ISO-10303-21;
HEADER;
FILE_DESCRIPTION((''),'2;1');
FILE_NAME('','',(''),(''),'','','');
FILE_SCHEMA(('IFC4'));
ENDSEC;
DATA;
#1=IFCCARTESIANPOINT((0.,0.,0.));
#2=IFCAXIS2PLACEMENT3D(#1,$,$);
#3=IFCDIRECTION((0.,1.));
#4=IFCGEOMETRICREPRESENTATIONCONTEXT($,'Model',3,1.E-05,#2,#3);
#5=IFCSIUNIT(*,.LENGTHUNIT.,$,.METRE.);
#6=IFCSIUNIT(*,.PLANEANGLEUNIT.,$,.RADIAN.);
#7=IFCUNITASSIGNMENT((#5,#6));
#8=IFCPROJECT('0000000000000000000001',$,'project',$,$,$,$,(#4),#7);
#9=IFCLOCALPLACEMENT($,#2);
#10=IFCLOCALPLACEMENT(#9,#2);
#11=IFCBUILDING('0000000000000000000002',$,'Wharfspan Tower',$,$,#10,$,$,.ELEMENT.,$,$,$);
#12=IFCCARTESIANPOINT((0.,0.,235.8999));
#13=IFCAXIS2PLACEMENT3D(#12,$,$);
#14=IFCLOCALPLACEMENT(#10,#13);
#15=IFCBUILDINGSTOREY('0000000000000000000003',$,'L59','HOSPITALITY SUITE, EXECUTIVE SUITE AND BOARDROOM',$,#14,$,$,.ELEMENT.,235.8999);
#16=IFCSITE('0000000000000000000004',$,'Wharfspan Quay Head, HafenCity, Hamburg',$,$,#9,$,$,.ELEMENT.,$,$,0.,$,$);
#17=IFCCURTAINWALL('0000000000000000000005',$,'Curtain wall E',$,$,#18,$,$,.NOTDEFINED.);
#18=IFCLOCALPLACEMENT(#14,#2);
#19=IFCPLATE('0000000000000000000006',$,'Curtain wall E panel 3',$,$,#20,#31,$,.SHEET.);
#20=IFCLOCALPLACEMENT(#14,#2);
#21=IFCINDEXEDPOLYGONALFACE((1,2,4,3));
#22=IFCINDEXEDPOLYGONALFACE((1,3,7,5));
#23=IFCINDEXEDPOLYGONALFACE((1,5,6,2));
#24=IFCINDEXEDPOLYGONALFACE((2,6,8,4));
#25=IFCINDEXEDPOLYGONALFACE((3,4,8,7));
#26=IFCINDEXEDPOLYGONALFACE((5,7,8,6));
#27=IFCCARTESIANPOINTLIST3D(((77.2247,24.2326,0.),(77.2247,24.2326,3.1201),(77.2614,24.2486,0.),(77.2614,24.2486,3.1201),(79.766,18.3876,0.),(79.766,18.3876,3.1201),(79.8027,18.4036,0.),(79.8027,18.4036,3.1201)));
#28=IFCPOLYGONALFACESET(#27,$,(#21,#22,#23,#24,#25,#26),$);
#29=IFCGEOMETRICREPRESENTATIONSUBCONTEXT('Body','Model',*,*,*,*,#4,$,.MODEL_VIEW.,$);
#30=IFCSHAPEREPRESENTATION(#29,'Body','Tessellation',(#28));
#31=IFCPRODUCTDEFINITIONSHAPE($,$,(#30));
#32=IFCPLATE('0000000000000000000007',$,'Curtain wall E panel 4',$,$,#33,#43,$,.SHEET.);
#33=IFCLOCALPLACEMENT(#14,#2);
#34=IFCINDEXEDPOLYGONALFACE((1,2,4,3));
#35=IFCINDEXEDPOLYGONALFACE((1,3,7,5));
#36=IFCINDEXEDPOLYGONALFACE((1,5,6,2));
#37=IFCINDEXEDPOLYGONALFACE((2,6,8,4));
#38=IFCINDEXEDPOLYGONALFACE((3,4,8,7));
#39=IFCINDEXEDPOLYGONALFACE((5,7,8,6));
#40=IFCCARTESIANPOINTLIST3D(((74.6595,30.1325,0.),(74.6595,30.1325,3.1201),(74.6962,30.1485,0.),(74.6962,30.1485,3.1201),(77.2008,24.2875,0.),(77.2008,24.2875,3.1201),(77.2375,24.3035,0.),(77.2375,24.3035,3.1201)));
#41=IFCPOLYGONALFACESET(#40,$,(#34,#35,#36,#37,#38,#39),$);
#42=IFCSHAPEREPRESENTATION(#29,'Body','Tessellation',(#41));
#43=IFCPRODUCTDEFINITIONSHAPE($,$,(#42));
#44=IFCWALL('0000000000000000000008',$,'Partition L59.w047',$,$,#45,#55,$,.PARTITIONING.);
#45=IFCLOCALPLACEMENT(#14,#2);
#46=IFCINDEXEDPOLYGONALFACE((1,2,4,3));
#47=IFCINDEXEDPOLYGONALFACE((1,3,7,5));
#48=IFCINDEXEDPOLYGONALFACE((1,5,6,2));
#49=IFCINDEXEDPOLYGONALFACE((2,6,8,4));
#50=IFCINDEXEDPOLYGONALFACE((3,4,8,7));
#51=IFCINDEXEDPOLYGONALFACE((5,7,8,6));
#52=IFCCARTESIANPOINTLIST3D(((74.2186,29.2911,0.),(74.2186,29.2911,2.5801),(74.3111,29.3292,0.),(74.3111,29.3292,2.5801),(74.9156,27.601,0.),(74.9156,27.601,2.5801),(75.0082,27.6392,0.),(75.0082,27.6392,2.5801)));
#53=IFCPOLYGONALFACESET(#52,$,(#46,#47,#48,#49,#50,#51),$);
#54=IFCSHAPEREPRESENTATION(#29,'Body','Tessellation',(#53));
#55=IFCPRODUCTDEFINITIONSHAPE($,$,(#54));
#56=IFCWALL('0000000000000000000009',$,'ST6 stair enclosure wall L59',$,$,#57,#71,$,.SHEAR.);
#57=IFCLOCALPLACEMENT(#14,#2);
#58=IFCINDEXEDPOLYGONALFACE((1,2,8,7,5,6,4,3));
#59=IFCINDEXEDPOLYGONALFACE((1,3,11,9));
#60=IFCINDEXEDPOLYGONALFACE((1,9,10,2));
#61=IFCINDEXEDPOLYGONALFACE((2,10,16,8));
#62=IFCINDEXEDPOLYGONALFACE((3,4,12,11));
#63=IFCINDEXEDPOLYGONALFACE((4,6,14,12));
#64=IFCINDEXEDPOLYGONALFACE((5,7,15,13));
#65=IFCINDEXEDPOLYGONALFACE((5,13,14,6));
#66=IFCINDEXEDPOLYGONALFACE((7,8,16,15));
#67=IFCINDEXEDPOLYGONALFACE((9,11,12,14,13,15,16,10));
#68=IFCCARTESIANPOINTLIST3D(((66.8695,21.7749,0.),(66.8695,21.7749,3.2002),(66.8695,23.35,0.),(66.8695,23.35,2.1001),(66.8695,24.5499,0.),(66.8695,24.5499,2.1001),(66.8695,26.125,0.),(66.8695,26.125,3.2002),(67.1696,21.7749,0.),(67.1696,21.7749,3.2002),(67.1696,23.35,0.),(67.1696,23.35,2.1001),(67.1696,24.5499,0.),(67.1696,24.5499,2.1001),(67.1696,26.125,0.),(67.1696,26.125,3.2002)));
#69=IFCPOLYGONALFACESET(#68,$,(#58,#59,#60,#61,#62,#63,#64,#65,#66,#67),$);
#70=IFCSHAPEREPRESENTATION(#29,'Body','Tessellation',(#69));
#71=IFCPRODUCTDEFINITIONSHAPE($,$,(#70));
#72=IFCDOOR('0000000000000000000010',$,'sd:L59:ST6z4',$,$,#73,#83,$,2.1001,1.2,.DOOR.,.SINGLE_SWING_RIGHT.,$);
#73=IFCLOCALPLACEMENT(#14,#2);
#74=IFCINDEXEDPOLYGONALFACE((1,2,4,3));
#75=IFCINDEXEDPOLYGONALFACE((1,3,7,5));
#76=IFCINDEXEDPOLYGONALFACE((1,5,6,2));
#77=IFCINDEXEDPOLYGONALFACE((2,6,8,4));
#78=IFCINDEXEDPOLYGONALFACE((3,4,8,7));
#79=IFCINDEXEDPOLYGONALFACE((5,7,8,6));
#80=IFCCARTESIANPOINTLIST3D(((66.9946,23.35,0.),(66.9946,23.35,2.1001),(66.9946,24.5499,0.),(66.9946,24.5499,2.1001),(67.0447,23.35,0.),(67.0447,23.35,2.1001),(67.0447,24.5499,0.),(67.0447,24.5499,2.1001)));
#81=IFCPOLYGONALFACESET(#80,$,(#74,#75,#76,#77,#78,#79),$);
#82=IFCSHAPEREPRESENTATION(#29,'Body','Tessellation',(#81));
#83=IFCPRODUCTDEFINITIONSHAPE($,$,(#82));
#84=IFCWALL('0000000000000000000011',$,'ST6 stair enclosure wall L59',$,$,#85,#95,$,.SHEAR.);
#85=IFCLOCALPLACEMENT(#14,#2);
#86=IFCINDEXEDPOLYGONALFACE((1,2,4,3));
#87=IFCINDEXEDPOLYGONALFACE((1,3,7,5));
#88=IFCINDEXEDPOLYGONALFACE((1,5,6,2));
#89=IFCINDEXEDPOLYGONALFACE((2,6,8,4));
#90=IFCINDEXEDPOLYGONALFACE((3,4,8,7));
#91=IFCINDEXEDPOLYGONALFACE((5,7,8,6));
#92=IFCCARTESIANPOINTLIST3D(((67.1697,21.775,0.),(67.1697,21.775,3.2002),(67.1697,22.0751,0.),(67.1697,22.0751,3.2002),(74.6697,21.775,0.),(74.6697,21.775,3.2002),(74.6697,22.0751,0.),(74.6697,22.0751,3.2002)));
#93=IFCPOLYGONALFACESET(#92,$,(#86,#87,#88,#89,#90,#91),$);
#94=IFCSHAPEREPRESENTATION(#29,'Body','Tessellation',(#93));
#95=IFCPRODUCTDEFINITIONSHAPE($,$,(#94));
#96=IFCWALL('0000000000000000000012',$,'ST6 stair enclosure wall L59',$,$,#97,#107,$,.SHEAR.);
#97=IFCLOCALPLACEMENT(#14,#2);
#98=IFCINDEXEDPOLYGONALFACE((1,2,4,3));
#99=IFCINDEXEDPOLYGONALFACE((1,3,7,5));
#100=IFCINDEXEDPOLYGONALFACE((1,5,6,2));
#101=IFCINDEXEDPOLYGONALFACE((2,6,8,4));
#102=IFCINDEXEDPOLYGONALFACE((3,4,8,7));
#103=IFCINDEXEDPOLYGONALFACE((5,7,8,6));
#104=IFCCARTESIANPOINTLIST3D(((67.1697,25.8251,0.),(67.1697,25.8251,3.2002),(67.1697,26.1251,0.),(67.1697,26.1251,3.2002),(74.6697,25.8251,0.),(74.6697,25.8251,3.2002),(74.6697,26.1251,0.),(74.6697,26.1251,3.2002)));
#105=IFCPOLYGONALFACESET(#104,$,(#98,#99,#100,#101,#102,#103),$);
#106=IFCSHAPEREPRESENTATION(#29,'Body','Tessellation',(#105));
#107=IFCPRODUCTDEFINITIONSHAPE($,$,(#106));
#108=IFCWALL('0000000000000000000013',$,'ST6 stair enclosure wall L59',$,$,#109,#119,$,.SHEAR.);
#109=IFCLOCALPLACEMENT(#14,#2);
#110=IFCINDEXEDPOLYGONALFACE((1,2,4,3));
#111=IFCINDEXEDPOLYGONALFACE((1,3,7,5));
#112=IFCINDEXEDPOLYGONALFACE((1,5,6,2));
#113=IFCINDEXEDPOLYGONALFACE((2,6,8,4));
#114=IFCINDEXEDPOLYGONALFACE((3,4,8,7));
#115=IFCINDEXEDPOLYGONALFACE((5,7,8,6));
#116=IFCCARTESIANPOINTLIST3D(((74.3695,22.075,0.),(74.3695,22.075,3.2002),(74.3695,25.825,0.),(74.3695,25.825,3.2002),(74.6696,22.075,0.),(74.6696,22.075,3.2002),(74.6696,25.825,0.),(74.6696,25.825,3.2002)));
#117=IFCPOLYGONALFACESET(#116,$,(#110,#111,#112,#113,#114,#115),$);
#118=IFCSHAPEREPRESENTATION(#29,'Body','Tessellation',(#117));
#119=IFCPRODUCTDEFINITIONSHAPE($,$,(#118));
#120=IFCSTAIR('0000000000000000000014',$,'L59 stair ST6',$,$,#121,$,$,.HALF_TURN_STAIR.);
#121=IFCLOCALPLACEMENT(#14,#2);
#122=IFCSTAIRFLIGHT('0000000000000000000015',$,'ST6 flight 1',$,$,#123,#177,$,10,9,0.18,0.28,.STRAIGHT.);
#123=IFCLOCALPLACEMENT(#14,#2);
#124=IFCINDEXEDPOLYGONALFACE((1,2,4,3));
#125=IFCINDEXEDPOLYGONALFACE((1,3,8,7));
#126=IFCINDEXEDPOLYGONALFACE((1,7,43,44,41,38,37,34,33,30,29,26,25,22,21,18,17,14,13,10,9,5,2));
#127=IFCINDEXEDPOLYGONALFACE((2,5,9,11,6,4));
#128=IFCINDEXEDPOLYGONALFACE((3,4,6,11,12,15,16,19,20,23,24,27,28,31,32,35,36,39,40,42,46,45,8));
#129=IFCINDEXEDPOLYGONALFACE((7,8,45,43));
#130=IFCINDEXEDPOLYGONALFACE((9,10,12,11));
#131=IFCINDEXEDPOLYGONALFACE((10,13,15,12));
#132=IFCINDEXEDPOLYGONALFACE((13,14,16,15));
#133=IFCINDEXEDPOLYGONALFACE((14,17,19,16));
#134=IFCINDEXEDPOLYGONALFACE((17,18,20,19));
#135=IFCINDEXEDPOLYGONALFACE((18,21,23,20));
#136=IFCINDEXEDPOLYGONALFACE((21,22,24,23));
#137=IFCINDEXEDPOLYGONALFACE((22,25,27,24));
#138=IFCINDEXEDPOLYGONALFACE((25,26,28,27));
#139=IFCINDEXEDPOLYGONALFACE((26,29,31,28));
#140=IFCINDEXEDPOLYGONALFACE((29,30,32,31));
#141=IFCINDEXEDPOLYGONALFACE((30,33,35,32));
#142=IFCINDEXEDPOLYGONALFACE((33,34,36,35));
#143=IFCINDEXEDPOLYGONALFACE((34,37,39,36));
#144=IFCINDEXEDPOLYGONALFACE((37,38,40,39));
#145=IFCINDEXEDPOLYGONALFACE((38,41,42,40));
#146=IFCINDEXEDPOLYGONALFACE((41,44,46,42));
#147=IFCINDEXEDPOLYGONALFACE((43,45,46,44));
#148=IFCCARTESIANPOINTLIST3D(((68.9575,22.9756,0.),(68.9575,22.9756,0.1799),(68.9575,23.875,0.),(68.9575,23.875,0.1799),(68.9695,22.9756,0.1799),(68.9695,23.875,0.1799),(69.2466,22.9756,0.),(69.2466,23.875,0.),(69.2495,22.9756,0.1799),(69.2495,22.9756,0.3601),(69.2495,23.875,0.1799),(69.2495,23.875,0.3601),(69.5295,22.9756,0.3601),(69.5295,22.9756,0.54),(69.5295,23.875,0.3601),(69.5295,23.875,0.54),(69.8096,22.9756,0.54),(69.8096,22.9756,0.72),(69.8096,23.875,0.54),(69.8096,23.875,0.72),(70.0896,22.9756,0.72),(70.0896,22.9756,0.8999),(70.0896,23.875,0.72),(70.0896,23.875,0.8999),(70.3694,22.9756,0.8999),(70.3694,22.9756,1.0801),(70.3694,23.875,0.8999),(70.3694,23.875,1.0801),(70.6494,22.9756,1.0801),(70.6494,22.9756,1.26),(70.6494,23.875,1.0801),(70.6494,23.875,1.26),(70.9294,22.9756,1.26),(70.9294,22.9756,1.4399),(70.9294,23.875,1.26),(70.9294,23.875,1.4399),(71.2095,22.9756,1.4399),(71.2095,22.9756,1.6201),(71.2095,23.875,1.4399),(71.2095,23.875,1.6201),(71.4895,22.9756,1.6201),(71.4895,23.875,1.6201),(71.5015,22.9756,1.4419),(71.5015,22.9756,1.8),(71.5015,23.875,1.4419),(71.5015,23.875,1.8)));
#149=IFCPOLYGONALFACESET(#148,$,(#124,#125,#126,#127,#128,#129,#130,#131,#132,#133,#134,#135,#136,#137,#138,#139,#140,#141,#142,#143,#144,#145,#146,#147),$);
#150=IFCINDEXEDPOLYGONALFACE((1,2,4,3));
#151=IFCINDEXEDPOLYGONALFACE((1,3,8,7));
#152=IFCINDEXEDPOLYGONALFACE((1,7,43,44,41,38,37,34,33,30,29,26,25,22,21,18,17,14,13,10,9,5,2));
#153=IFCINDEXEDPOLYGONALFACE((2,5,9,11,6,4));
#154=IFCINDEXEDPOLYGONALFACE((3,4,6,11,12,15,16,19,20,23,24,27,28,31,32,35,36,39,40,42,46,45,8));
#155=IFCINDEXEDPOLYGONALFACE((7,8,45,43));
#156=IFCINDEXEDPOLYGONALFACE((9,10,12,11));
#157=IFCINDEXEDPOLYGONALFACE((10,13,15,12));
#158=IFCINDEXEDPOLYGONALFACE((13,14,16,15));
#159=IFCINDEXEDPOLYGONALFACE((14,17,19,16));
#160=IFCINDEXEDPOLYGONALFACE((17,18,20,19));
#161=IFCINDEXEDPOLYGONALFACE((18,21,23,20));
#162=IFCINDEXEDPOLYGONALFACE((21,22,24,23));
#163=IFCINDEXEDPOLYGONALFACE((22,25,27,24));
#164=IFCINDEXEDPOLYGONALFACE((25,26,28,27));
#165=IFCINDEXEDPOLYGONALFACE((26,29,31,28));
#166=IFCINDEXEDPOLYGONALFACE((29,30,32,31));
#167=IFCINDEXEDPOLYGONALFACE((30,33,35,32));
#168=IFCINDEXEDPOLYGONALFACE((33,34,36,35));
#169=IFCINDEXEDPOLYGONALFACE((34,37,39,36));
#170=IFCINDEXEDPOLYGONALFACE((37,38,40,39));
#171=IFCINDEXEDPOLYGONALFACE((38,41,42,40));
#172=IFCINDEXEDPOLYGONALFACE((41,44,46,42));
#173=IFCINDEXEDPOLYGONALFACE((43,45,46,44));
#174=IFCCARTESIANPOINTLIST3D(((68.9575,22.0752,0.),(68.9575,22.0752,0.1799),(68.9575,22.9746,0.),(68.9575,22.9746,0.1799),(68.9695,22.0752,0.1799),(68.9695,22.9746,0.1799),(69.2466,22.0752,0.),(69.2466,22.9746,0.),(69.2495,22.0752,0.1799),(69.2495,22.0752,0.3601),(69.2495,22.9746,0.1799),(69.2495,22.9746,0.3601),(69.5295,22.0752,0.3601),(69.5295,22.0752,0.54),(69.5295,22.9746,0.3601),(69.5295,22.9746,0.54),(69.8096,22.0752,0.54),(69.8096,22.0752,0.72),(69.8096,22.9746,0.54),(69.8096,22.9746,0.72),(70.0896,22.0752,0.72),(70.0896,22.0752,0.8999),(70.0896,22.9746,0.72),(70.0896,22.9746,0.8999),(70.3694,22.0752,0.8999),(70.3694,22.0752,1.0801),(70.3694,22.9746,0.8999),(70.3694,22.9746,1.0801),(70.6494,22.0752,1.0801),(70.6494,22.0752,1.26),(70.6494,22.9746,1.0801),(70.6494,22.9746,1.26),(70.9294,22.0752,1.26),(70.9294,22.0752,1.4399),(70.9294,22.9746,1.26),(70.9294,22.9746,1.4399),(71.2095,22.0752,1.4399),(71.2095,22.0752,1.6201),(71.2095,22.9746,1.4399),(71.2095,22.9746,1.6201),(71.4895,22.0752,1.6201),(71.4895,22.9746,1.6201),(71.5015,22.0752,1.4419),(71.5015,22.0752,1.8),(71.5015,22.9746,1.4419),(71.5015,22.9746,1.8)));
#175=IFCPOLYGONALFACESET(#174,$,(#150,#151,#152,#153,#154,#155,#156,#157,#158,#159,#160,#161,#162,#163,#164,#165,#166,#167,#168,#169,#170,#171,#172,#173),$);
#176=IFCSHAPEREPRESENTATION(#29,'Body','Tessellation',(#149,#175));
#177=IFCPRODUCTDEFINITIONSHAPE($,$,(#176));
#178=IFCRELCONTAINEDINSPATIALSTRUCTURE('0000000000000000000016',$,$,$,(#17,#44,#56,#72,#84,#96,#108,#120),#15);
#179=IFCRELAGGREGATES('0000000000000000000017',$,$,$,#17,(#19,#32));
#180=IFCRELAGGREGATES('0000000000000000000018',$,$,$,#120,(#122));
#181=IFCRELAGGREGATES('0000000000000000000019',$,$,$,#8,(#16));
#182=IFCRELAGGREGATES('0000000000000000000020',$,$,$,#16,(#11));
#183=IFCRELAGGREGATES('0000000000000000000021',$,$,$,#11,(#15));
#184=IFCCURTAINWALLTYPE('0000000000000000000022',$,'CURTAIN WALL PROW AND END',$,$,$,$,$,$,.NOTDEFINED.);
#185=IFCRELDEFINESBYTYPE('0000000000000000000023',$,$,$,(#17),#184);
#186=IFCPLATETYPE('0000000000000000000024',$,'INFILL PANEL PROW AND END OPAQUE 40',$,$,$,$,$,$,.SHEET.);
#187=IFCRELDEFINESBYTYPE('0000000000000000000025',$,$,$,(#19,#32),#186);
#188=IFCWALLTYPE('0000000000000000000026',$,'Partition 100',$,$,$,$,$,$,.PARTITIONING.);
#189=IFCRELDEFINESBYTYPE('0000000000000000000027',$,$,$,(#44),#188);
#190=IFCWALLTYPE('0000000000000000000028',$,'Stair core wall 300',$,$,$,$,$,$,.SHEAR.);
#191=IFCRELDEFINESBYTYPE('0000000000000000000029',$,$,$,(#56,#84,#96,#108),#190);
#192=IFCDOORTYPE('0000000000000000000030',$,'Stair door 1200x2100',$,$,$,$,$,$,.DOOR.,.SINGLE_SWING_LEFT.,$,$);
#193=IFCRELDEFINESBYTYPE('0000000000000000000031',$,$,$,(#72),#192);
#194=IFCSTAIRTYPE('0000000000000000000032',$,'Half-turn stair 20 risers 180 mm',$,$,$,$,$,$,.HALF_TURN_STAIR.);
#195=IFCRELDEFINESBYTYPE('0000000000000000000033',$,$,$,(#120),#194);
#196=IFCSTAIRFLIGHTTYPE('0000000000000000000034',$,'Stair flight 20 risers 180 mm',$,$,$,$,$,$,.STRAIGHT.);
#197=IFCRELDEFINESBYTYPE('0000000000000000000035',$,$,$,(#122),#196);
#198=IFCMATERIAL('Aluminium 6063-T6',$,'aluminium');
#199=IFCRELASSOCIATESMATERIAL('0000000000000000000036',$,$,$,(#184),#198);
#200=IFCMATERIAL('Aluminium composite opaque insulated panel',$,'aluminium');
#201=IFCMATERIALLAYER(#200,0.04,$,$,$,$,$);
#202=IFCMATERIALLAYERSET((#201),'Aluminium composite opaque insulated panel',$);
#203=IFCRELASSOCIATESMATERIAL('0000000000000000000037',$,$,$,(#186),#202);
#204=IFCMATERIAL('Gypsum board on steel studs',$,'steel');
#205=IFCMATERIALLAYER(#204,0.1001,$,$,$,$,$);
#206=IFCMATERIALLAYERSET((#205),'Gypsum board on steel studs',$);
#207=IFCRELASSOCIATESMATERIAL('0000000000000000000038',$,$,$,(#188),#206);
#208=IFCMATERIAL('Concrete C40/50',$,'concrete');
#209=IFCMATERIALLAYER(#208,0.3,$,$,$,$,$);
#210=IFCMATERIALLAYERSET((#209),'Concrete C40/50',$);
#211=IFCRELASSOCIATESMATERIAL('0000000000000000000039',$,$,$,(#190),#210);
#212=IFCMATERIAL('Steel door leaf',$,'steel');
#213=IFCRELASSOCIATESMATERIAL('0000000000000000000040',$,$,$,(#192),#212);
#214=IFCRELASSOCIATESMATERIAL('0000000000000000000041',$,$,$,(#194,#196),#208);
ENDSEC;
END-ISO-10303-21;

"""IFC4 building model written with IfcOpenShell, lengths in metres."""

from ifc_helpers import new_model, si_unit, direction, frame, frame_2d, origin, origin_2d, place, context, subcontext, project, spatial, polyline, rectangle, outline, extrude, material, layer, layer_set, type_object, element, fill, aggregate, save


model = new_model("IFC4")

# Units and contexts
model_context = context("Model", 3, precision=1e-05, world=origin(), true_north=direction((0.0, 1.0)))
body_context = subcontext(model_context, "Body", "Model", "MODEL_VIEW")
ifc_project = project(units=[si_unit("LENGTHUNIT", "METRE"), si_unit("PLANEANGLEUNIT", "RADIAN")], contexts=[model_context])

# Site, building, storey
site_placement = place(None, origin())
site = spatial("IfcSite", under=ifc_project, at=site_placement, Name="Wharfspan Quay Head, HafenCity, Hamburg", CompositionType="ELEMENT", RefElevation=0.0)
building_placement = place(site_placement, origin())
building = spatial("IfcBuilding", under=site, at=building_placement, Name="Wharfspan Tower", CompositionType="ELEMENT")
storey_placement = place(building_placement, frame((0.0, 0.0, 235.8999)))
storey = spatial("IfcBuildingStorey", under=building, at=storey_placement, Name="L59", Description="HOSPITALITY SUITE, EXECUTIVE SUITE AND BOARDROOM", CompositionType="ELEMENT", Elevation=235.8999)

# Curtain wall
ifc_material_1 = material(Name="Aluminium 6063-T6", Category="aluminium")
curtain_wall_type = type_object("IfcCurtainWallType", Name="CURTAIN WALL PROW AND END", PredefinedType="NOTDEFINED", material=ifc_material_1)
curtain_wall_placement = place(storey_placement, origin())
curtain_wall = element("IfcCurtainWall", 1, at=curtain_wall_placement, inside=storey, type_object=curtain_wall_type, Name="Curtain wall E", PredefinedType="NOTDEFINED")

# Plates
ifc_material_2 = material(Name="Aluminium composite opaque insulated panel", Category="aluminium")
ifc_layer_1 = layer(ifc_material_2, 0.04)
ifc_layer_set_1 = layer_set([ifc_layer_1], Name="Aluminium composite opaque insulated panel")
plate_type = type_object("IfcPlateType", Name="INFILL PANEL PROW AND END OPAQUE 40", PredefinedType="SHEET", material=ifc_layer_set_1)
plate_1_placement = place(storey_placement, frame((78.5137, 21.3181, 0.0), z_axis=(0.0, 0.0, 1.0), x_axis=(-0.398727, 0.917072, 0.0)))
plate_1 = element("IfcPlate", 2, at=plate_1_placement, type_object=plate_type, Name="Curtain wall E panel 3", PredefinedType="SHEET", context=body_context, shape_type="SweptSolid", body=[
    extrude(rectangle(XDim=6.3735, YDim=0.04, at=origin_2d()), origin(), (0.0, 0.0, 1.0), 3.1201),
])
plate_2_placement = place(storey_placement, frame((75.9485, 27.218, 0.0), z_axis=(0.0, 0.0, 1.0), x_axis=(-0.398727, 0.917072, 0.0)))
plate_2 = element("IfcPlate", 3, at=plate_2_placement, type_object=plate_type, Name="Curtain wall E panel 4", PredefinedType="SHEET", context=body_context, shape_type="SweptSolid", body=[
    extrude(rectangle(XDim=6.3735, YDim=0.04, at=origin_2d()), origin(), (0.0, 0.0, 1.0), 3.1201),
])
aggregate(curtain_wall, [plate_1, plate_2])

# Wall
ifc_material_3 = material(Name="Gypsum board on steel studs", Category="steel")
ifc_layer_2 = layer(ifc_material_3, 0.1001)
ifc_layer_set_2 = layer_set([ifc_layer_2], Name="Gypsum board on steel studs")
wall_type_1 = type_object("IfcWallType", Name="Partition 100", PredefinedType="PARTITIONING", material=ifc_layer_set_2)
wall_1_placement = place(storey_placement, frame((74.9619, 27.6201, 0.0), z_axis=(0.0, 0.0, 1.0), x_axis=(-0.381293, 0.924452, 0.0)))
element("IfcWall", 4, at=wall_1_placement, inside=storey, type_object=wall_type_1, Name="Partition L59.w047", PredefinedType="PARTITIONING", context=body_context, shape_type="SweptSolid", body=[
    extrude(rectangle(XDim=1.8281, YDim=0.1001, at=frame_2d((0.9141, 0.0))), origin(), (0.0, 0.0, 1.0), 2.5801),
])

# Wall, opening, door
ifc_material_4 = material(Name="Concrete C40/50", Category="concrete")
ifc_layer_3 = layer(ifc_material_4, 0.3)
ifc_layer_set_3 = layer_set([ifc_layer_3], Name="Concrete C40/50")
wall_type_2 = type_object("IfcWallType", Name="Stair core wall 300", PredefinedType="SHEAR", material=ifc_layer_set_3)
wall_2_placement = place(storey_placement, frame((67.0195, 21.7749, 0.0), z_axis=(0.0, 0.0, 1.0), x_axis=(0.0, 1.0, 0.0)))
wall_2 = element("IfcWall", 5, at=wall_2_placement, inside=storey, type_object=wall_type_2, Name="ST6 stair enclosure wall L59", PredefinedType="SHEAR", context=body_context, shape_type="SweptSolid", body=[
    extrude(rectangle(XDim=4.3501, YDim=0.3, at=frame_2d((2.175, 0.0))), origin(), (0.0, 0.0, 1.0), 3.2002),
])
opening_placement = place(wall_2_placement, frame((1.575, 0.0, 0.0)))
opening = element("IfcOpeningElement", 6, at=opening_placement, cuts=wall_2, PredefinedType="OPENING", context=body_context, shape_type="SweptSolid", body=[
    extrude(rectangle(XDim=1.2, YDim=2.1001, at=frame_2d((0.6001, 1.05))), frame((0.0, 0.1599, 0.0), z_axis=(0.0, -1.0, 0.0), x_axis=(1.0, 0.0, 0.0)), (0.0, 0.0, 1.0), 0.3201),
])
ifc_material_5 = material(Name="Steel door leaf", Category="steel")
door_type = type_object("IfcDoorType", Name="Stair door 1200x2100", OperationType="SINGLE_SWING_LEFT", PredefinedType="DOOR", material=ifc_material_5)
door_placement = place(opening_placement, origin())
door = element("IfcDoor", 7, at=door_placement, inside=storey, type_object=door_type, Name="sd:L59:ST6z4", OperationType="SINGLE_SWING_RIGHT", OverallHeight=2.1001, OverallWidth=1.2, PredefinedType="DOOR", context=body_context, shape_type="SweptSolid", body=[
    extrude(rectangle(XDim=1.2, YDim=2.1001, at=frame_2d((0.6001, 1.05))), frame((0.0, 0.0249, 0.0), z_axis=(0.0, -1.0, 0.0), x_axis=(1.0, 0.0, 0.0)), (0.0, 0.0, 1.0), 0.05),
])
fill(opening, door)

# Walls
for number, where, z_axis, x_axis, name in (
    (8, (67.1697, 21.925, 0.0), (0.0, 0.0, 1.0), (1.0, 0.0, 0.0), "ST6 stair enclosure wall L59"),
    (9, (67.1697, 25.9751, 0.0), (0.0, 0.0, 1.0), (1.0, 0.0, 0.0), "ST6 stair enclosure wall L59"),
):
    element("IfcWall", number, at=place(storey_placement, frame(where, z_axis=z_axis, x_axis=x_axis)), inside=storey, type_object=wall_type_2, Name=name, PredefinedType="SHEAR", context=body_context, shape_type="SweptSolid", body=[
        extrude(rectangle(XDim=7.5, YDim=0.3, at=frame_2d((3.75, 0.0))), origin(), (0.0, 0.0, 1.0), 3.2002),
    ])
wall_3_placement = place(storey_placement, frame((74.5195, 22.075, 0.0), z_axis=(0.0, 0.0, 1.0), x_axis=(0.0, 1.0, 0.0)))
element("IfcWall", 10, at=wall_3_placement, inside=storey, type_object=wall_type_2, Name="ST6 stair enclosure wall L59", PredefinedType="SHEAR", context=body_context, shape_type="SweptSolid", body=[
    extrude(rectangle(XDim=3.75, YDim=0.3, at=frame_2d((1.875, 0.0))), origin(), (0.0, 0.0, 1.0), 3.2002),
])

# Stair, stair flight
stair_type = type_object("IfcStairType", Name="Half-turn stair 20 risers 180 mm", PredefinedType="HALF_TURN_STAIR", material=ifc_material_4)
stair_placement = place(storey_placement, origin())
stair = element("IfcStair", 11, at=stair_placement, inside=storey, type_object=stair_type, Name="L59 stair ST6", PredefinedType="HALF_TURN_STAIR")
stair_flight_type = type_object("IfcStairFlightType", Name="Stair flight 20 risers 180 mm", PredefinedType="STRAIGHT", material=ifc_material_4)
stair_flight_1_placement = place(storey_placement, frame((68.9695, 22.9751, 0.0), z_axis=(0.0, 0.0, 1.0), x_axis=(1.0, 0.0, 0.0)))
stair_flight_1 = element("IfcStairFlight", 12, at=stair_flight_1_placement, type_object=stair_flight_type, Name="ST6 flight 1", NumberOfRisers=10, NumberOfTreads=9, PredefinedType="STRAIGHT", RiserHeight=0.18, TreadLength=0.28, context=body_context, shape_type="SweptSolid", body=[
    extrude(outline(polyline([(-0.012, 0.0), (-0.012, 0.1799), (0.0, 0.1799), (0.28, 0.1799), (0.28, 0.3601), (0.5601, 0.3601), (0.5601, 0.54), (0.8401, 0.54), (0.8401, 0.72), (1.1201, 0.72), (1.1201, 0.8999), (1.3999, 0.8999), (1.3999, 1.0801), (1.6799, 1.0801), (1.6799, 1.26), (1.96, 1.26), (1.96, 1.4399), (2.24, 1.4399), (2.24, 1.6201), (2.52, 1.6201), (2.532, 1.8), (2.532, 1.4419), (0.2771, 0.0), (-0.012, 0.0)])), frame((0.0, 0.8999, 0.0), z_axis=(0.0, -1.0, 0.0), x_axis=(1.0, 0.0, 0.0)), (0.0, 0.0, 1.0), 0.8994),
    extrude(outline(polyline([(-0.012, 0.0), (-0.012, 0.1799), (0.0, 0.1799), (0.28, 0.1799), (0.28, 0.3601), (0.5601, 0.3601), (0.5601, 0.54), (0.8401, 0.54), (0.8401, 0.72), (1.1201, 0.72), (1.1201, 0.8999), (1.3999, 0.8999), (1.3999, 1.0801), (1.6799, 1.0801), (1.6799, 1.26), (1.96, 1.26), (1.96, 1.4399), (2.24, 1.4399), (2.24, 1.6201), (2.52, 1.6201), (2.532, 1.8), (2.532, 1.4419), (0.2771, 0.0), (-0.012, 0.0)])), frame((0.0, -0.0005, 0.0), z_axis=(0.0, -1.0, 0.0), x_axis=(1.0, 0.0, 0.0)), (0.0, 0.0, 1.0), 0.8994),
])
aggregate(stair, [stair_flight_1])

save(model, "model.ifc")
